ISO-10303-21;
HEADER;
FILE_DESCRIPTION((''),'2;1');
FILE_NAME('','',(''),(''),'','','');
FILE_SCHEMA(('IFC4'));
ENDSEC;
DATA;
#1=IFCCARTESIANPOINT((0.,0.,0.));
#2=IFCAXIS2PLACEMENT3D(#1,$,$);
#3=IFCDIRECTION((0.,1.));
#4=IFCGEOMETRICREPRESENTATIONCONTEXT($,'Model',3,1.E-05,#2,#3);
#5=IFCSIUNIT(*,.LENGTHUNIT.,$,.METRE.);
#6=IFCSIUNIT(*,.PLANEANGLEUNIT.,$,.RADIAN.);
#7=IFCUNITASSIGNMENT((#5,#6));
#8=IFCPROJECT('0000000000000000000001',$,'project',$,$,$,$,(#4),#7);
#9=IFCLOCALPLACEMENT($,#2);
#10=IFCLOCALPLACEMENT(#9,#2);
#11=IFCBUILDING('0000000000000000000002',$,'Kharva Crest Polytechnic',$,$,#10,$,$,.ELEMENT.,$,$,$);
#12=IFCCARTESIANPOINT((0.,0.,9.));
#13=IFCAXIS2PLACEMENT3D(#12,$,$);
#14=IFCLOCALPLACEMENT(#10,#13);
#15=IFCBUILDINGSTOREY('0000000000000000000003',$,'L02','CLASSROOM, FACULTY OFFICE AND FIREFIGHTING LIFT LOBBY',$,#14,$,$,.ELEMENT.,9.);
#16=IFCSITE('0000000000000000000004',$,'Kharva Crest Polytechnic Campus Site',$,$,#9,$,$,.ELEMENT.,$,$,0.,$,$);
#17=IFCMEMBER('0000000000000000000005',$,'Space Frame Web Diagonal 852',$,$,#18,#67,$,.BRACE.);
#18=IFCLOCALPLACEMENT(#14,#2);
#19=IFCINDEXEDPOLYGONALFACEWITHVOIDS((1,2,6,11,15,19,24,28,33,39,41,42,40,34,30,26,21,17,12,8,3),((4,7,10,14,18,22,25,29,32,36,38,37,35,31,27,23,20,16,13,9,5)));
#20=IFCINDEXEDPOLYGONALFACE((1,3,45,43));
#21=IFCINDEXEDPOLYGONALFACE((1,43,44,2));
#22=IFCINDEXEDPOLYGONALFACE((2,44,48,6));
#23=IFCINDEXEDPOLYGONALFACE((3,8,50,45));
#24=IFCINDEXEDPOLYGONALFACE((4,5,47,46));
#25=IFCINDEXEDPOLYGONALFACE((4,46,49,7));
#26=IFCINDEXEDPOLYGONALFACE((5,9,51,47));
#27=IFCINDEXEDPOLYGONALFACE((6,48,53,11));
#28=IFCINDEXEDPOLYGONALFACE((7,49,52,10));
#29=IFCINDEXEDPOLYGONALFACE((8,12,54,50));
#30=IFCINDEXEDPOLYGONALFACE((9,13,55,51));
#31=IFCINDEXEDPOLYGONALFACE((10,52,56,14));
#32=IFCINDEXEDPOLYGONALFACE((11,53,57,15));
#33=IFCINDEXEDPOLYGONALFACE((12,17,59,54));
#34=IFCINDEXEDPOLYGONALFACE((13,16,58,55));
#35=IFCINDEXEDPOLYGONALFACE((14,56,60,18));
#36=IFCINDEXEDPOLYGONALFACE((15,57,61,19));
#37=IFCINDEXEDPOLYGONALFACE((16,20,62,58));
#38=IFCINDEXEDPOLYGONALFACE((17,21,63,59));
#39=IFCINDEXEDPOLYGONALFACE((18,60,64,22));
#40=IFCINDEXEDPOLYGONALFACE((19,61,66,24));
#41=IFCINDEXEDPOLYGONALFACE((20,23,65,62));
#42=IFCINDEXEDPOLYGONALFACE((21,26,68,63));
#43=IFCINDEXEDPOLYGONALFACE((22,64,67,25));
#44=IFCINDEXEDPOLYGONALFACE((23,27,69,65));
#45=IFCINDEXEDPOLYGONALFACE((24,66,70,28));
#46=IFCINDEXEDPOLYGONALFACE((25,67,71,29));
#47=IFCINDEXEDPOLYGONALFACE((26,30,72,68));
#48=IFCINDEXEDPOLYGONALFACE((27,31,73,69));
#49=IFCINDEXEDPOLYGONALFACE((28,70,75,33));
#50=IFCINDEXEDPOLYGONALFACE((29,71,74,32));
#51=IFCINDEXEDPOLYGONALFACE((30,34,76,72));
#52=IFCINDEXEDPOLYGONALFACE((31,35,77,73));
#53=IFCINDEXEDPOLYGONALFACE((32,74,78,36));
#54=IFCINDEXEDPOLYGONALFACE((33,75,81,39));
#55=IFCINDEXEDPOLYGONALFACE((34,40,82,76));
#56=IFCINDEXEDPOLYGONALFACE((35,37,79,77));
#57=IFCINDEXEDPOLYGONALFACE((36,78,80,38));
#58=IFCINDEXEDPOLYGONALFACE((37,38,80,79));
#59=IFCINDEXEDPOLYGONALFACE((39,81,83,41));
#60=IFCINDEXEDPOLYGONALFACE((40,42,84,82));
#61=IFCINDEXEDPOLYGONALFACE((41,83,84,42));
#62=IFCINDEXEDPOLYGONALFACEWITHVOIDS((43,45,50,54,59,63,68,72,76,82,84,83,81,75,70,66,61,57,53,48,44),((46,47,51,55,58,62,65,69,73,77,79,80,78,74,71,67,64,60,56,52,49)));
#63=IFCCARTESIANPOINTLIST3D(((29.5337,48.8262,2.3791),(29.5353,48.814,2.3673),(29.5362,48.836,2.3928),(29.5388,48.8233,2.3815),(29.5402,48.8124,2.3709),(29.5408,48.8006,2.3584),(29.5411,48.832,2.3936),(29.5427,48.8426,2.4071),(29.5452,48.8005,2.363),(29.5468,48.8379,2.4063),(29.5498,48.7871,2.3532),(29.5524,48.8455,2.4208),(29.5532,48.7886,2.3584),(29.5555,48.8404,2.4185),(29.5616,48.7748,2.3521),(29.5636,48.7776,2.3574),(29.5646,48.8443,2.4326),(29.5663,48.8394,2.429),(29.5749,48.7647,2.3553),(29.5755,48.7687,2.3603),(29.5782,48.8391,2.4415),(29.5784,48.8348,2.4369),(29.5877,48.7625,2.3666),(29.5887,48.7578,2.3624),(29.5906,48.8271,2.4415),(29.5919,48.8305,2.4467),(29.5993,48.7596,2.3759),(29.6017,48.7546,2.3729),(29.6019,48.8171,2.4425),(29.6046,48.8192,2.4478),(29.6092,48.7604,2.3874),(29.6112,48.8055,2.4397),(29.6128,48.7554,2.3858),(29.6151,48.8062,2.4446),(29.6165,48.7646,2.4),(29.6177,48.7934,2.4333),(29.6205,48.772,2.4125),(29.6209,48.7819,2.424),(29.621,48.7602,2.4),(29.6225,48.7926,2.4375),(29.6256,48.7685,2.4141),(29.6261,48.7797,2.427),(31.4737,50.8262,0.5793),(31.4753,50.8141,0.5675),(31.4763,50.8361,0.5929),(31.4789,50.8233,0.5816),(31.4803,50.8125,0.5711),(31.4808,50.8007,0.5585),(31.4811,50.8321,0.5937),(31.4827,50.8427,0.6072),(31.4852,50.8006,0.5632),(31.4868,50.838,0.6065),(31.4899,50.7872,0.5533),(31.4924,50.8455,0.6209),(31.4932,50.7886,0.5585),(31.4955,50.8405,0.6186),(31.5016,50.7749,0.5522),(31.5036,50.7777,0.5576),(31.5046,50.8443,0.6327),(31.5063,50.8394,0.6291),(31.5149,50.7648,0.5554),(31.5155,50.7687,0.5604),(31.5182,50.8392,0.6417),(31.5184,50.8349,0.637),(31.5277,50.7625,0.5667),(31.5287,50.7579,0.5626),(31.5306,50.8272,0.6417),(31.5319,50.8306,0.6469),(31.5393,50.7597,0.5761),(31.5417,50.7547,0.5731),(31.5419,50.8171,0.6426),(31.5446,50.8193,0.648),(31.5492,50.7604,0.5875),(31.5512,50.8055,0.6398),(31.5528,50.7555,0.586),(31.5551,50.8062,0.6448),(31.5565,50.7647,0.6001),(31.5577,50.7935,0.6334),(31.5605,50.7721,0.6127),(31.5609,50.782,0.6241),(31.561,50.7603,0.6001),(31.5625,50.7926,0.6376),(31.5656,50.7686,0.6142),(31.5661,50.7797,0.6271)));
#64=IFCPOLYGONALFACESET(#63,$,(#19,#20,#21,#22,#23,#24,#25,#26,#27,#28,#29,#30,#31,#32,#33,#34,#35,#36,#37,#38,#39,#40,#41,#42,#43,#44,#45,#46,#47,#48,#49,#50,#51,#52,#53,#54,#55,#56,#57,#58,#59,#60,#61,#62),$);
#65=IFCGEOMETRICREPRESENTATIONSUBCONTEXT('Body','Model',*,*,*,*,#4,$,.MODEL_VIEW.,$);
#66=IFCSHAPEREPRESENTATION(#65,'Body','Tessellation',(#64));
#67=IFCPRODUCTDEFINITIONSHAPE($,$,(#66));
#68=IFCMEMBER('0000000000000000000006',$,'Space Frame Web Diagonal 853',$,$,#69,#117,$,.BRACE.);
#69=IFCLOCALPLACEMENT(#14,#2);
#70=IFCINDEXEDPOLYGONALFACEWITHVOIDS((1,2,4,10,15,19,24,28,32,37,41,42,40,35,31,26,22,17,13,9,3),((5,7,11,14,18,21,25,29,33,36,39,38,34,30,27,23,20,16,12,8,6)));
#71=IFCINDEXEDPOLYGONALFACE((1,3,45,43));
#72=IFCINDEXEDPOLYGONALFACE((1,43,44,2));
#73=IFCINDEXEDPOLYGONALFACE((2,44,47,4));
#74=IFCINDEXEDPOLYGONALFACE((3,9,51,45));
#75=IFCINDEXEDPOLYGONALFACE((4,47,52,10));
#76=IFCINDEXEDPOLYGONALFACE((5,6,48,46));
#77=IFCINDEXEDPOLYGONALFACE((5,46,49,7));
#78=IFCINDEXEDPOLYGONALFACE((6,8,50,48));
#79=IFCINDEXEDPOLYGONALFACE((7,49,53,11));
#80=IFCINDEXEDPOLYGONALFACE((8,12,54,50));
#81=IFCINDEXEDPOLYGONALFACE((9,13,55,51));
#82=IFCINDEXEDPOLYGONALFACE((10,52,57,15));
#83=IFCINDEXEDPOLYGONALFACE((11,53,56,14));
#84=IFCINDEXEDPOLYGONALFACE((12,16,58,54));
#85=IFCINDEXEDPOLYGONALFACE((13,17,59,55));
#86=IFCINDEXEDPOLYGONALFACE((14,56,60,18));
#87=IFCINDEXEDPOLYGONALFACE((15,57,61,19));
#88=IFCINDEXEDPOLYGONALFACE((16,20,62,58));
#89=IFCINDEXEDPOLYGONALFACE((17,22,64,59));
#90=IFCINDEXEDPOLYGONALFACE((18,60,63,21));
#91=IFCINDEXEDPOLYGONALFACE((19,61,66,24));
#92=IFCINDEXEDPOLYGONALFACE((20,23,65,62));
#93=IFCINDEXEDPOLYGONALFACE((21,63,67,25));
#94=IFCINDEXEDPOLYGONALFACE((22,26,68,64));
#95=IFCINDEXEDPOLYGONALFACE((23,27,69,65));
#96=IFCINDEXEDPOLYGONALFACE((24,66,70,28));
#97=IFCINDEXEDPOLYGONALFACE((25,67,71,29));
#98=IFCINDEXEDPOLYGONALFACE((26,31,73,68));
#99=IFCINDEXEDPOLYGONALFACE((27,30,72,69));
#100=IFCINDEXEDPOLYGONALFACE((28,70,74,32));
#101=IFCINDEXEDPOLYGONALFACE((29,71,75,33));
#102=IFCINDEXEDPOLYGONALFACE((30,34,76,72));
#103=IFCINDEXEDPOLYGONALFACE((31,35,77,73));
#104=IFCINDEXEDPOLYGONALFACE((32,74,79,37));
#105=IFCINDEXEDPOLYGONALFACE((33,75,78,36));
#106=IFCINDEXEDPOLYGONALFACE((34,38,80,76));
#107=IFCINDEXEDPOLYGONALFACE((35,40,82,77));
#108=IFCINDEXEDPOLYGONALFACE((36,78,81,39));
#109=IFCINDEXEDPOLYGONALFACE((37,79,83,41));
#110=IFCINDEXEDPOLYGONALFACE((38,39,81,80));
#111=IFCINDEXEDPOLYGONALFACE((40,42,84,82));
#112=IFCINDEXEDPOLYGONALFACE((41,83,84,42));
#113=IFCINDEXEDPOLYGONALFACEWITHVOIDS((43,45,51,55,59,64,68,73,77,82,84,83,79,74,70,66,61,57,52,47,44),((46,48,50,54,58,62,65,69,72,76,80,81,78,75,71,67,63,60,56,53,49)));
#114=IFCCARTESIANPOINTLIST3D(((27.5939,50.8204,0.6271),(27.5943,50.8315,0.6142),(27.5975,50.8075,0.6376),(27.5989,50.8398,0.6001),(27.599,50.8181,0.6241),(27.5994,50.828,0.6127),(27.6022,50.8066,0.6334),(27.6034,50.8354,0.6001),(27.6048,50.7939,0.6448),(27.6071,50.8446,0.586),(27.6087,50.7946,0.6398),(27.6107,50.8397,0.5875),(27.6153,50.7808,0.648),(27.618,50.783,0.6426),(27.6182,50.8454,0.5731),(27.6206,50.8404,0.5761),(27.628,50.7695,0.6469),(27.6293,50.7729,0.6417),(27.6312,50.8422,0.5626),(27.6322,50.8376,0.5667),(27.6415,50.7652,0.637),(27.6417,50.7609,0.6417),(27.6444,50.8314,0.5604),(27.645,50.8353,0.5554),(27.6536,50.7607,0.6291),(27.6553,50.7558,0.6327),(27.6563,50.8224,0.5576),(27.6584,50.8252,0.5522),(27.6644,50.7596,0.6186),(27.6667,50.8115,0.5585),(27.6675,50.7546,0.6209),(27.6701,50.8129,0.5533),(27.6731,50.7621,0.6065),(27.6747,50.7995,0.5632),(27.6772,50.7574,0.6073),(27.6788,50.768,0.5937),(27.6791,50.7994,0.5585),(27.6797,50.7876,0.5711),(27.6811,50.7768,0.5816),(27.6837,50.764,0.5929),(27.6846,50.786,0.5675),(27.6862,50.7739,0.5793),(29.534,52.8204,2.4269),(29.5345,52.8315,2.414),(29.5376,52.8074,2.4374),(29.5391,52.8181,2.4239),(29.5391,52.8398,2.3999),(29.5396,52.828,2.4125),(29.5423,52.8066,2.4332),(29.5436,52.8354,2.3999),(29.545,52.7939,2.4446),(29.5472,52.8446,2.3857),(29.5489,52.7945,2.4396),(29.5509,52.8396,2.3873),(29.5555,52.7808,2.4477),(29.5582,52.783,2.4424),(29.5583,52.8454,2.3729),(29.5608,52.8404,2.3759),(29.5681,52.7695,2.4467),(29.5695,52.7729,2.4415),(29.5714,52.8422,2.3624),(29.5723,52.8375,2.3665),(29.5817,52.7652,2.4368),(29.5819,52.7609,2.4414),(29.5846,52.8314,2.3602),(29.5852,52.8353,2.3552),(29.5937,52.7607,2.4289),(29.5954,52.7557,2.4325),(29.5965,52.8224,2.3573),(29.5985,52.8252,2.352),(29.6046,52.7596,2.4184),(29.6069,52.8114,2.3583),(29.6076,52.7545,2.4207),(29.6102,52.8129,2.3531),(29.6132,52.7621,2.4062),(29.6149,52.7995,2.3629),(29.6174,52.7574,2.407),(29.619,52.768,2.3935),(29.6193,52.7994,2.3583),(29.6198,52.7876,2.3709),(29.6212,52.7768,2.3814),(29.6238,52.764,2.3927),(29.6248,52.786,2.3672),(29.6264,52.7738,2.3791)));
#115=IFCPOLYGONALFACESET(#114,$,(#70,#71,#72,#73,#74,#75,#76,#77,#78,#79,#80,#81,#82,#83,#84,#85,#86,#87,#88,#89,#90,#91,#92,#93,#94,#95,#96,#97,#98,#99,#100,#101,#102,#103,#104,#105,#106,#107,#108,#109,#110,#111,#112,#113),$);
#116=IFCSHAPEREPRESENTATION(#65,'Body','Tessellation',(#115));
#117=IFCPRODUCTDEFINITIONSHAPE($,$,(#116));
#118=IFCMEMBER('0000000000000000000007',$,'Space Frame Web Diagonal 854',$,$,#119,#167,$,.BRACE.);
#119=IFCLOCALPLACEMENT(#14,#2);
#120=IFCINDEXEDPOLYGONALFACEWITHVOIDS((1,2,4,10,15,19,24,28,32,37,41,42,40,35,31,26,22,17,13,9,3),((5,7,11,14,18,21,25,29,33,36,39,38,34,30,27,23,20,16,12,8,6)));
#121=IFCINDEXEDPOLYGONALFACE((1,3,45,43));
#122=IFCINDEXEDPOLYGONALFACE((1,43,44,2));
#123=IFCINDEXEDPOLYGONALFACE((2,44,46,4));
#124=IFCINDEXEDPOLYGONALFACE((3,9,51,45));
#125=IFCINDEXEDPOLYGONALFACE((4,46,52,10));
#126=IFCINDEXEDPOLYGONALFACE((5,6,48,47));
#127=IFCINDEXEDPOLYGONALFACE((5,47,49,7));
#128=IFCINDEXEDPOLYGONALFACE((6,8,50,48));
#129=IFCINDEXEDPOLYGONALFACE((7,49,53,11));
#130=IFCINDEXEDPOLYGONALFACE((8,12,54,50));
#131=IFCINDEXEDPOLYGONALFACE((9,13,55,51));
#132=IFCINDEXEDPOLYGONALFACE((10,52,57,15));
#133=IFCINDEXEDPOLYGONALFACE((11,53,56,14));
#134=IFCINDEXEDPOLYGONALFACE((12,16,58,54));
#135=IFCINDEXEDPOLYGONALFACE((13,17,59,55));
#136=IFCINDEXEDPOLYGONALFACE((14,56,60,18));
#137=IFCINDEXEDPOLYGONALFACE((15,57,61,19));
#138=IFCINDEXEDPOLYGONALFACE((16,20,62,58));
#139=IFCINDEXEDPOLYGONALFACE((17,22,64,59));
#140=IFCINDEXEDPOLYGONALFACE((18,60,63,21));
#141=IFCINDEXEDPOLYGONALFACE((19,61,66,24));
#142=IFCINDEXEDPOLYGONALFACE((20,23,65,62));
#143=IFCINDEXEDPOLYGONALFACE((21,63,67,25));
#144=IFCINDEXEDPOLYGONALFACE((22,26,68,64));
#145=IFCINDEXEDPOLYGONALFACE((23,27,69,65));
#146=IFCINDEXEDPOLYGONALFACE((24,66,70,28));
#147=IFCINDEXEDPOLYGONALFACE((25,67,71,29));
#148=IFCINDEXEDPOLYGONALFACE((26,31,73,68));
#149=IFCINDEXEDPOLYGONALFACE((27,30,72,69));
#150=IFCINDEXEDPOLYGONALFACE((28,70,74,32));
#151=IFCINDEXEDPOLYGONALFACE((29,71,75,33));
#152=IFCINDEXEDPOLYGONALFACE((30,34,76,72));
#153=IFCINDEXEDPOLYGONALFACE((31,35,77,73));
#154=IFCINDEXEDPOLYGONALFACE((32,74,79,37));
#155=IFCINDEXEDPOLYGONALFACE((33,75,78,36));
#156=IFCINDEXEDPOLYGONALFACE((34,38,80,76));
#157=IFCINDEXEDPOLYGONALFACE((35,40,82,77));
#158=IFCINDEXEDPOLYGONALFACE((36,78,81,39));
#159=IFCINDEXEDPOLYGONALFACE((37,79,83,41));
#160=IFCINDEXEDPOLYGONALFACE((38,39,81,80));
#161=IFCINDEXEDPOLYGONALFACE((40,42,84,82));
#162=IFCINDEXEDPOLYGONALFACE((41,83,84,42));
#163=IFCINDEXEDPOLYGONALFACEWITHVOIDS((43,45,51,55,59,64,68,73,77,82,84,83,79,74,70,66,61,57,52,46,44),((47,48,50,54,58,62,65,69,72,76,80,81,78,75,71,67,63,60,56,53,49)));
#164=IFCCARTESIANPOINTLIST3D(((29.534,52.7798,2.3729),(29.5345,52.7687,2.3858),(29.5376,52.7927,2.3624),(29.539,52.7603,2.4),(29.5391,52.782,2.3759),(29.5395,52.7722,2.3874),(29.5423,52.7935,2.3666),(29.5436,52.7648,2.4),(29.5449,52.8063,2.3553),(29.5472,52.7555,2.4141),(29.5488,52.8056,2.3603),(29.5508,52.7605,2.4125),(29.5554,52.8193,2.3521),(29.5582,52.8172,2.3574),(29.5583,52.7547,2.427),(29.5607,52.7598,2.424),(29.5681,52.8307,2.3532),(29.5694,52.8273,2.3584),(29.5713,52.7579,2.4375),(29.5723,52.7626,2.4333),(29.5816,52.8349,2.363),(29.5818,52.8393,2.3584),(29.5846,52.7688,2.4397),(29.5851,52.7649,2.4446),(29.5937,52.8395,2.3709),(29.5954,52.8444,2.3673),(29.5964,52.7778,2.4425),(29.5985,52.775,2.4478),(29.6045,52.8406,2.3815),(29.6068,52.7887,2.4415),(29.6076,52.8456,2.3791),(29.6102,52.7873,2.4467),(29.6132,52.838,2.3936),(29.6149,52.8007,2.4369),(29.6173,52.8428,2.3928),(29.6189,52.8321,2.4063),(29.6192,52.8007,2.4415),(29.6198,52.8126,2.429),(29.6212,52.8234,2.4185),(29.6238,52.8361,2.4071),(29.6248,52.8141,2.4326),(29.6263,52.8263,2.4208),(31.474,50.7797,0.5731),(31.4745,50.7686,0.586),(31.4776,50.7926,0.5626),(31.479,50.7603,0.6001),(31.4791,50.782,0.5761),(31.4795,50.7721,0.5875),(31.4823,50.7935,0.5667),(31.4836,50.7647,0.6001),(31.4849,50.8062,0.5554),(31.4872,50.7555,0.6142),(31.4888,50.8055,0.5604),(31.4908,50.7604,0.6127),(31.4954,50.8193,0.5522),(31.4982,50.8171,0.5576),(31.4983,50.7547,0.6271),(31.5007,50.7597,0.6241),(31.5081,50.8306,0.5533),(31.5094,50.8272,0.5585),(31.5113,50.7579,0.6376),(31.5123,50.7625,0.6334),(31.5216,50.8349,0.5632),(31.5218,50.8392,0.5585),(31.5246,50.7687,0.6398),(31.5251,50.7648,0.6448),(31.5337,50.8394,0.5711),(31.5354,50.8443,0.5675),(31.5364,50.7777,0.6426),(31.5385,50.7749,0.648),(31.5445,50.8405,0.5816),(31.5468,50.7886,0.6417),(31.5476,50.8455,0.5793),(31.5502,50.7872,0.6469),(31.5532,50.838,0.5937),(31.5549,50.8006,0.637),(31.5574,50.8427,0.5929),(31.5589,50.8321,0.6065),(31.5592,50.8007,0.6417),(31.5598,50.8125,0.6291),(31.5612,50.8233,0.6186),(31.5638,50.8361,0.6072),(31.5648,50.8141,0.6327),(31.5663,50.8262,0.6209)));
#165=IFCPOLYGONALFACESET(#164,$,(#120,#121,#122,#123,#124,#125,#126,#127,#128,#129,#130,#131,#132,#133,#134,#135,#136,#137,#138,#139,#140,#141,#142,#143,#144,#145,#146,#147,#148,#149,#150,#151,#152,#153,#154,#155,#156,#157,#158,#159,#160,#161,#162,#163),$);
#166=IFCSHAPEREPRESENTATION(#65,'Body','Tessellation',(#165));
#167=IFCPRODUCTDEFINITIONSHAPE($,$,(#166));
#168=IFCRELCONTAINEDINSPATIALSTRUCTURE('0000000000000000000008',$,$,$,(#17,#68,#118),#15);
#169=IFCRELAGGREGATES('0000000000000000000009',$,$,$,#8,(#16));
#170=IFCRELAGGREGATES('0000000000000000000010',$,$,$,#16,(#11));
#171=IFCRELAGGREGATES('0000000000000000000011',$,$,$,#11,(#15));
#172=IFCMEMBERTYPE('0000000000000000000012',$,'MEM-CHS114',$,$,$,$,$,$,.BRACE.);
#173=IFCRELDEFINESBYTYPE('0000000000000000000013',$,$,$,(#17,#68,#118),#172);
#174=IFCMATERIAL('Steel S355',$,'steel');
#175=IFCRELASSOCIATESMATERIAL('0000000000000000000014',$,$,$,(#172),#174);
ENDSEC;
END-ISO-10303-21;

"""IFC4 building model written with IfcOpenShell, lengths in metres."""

from ifc_helpers import new_model, si_unit, direction, frame, origin, origin_2d, place, context, subcontext, project, spatial, hollow_circle, extrude, material, material_profile, profile_set, type_object, element, save


model = new_model("IFC4")

# Units and contexts
model_context = context("Model", 3, precision=1e-05, world=origin(), true_north=direction((0.0, 1.0)))
body_context = subcontext(model_context, "Body", "Model", "MODEL_VIEW")
ifc_project = project(units=[si_unit("LENGTHUNIT", "METRE"), si_unit("PLANEANGLEUNIT", "RADIAN")], contexts=[model_context])

# Site, building, storey
site_placement = place(None, origin())
site = spatial("IfcSite", under=ifc_project, at=site_placement, Name="Kharva Crest Polytechnic Campus Site", CompositionType="ELEMENT", RefElevation=0.0)
building_placement = place(site_placement, origin())
building = spatial("IfcBuilding", under=site, at=building_placement, Name="Kharva Crest Polytechnic", CompositionType="ELEMENT")
storey_placement = place(building_placement, frame((0.0, 0.0, 9.0)))
storey = spatial("IfcBuildingStorey", under=building, at=storey_placement, Name="L02", Description="CLASSROOM, FACULTY OFFICE AND FIREFIGHTING LIFT LOBBY", CompositionType="ELEMENT", Elevation=9.0)

# Shared definitions
ifc_material_1 = material(Name="Steel S355", Category="steel")

# Members
ifc_material_profile_1 = material_profile(ifc_material_1, hollow_circle(Radius=0.0571, WallThickness=0.0063, at=origin_2d()), Name="CHS 114.3X6.3")
ifc_profile_set_1 = profile_set([ifc_material_profile_1], Name="Steel S355")
member_type_1 = type_object("IfcMemberType", Name="MEM-CHS114", PredefinedType="BRACE", material=ifc_profile_set_1)
for number, where, z_axis, x_axis, name in (
    (1, (31.52, 50.8, 0.6001), (-0.584843, -0.60295, 0.542596), (0.717802, -0.696247, 0.0), "Space Frame Web Diagonal 852"),
    (2, (27.6399, 50.8, 0.6001), (0.584892, 0.602924, 0.542572), (-0.717758, 0.696292, 0.0), "Space Frame Web Diagonal 853"),
    (3, (31.52, 50.8, 0.6001), (-0.584843, 0.60295, 0.542596), (-0.717802, -0.696247, 0.0), "Space Frame Web Diagonal 854"),
):
    element("IfcMember", number, at=place(storey_placement, frame(where, z_axis=z_axis, x_axis=x_axis)), inside=storey, type_object=member_type_1, Name=name, PredefinedType="BRACE", context=body_context, shape_type="SweptSolid", body=[
        extrude(hollow_circle(Radius=0.0571, WallThickness=0.0063, at=origin_2d()), origin(), (0.0, 0.0, 1.0), 3.3171),
    ])

save(model, "model.ifc")
